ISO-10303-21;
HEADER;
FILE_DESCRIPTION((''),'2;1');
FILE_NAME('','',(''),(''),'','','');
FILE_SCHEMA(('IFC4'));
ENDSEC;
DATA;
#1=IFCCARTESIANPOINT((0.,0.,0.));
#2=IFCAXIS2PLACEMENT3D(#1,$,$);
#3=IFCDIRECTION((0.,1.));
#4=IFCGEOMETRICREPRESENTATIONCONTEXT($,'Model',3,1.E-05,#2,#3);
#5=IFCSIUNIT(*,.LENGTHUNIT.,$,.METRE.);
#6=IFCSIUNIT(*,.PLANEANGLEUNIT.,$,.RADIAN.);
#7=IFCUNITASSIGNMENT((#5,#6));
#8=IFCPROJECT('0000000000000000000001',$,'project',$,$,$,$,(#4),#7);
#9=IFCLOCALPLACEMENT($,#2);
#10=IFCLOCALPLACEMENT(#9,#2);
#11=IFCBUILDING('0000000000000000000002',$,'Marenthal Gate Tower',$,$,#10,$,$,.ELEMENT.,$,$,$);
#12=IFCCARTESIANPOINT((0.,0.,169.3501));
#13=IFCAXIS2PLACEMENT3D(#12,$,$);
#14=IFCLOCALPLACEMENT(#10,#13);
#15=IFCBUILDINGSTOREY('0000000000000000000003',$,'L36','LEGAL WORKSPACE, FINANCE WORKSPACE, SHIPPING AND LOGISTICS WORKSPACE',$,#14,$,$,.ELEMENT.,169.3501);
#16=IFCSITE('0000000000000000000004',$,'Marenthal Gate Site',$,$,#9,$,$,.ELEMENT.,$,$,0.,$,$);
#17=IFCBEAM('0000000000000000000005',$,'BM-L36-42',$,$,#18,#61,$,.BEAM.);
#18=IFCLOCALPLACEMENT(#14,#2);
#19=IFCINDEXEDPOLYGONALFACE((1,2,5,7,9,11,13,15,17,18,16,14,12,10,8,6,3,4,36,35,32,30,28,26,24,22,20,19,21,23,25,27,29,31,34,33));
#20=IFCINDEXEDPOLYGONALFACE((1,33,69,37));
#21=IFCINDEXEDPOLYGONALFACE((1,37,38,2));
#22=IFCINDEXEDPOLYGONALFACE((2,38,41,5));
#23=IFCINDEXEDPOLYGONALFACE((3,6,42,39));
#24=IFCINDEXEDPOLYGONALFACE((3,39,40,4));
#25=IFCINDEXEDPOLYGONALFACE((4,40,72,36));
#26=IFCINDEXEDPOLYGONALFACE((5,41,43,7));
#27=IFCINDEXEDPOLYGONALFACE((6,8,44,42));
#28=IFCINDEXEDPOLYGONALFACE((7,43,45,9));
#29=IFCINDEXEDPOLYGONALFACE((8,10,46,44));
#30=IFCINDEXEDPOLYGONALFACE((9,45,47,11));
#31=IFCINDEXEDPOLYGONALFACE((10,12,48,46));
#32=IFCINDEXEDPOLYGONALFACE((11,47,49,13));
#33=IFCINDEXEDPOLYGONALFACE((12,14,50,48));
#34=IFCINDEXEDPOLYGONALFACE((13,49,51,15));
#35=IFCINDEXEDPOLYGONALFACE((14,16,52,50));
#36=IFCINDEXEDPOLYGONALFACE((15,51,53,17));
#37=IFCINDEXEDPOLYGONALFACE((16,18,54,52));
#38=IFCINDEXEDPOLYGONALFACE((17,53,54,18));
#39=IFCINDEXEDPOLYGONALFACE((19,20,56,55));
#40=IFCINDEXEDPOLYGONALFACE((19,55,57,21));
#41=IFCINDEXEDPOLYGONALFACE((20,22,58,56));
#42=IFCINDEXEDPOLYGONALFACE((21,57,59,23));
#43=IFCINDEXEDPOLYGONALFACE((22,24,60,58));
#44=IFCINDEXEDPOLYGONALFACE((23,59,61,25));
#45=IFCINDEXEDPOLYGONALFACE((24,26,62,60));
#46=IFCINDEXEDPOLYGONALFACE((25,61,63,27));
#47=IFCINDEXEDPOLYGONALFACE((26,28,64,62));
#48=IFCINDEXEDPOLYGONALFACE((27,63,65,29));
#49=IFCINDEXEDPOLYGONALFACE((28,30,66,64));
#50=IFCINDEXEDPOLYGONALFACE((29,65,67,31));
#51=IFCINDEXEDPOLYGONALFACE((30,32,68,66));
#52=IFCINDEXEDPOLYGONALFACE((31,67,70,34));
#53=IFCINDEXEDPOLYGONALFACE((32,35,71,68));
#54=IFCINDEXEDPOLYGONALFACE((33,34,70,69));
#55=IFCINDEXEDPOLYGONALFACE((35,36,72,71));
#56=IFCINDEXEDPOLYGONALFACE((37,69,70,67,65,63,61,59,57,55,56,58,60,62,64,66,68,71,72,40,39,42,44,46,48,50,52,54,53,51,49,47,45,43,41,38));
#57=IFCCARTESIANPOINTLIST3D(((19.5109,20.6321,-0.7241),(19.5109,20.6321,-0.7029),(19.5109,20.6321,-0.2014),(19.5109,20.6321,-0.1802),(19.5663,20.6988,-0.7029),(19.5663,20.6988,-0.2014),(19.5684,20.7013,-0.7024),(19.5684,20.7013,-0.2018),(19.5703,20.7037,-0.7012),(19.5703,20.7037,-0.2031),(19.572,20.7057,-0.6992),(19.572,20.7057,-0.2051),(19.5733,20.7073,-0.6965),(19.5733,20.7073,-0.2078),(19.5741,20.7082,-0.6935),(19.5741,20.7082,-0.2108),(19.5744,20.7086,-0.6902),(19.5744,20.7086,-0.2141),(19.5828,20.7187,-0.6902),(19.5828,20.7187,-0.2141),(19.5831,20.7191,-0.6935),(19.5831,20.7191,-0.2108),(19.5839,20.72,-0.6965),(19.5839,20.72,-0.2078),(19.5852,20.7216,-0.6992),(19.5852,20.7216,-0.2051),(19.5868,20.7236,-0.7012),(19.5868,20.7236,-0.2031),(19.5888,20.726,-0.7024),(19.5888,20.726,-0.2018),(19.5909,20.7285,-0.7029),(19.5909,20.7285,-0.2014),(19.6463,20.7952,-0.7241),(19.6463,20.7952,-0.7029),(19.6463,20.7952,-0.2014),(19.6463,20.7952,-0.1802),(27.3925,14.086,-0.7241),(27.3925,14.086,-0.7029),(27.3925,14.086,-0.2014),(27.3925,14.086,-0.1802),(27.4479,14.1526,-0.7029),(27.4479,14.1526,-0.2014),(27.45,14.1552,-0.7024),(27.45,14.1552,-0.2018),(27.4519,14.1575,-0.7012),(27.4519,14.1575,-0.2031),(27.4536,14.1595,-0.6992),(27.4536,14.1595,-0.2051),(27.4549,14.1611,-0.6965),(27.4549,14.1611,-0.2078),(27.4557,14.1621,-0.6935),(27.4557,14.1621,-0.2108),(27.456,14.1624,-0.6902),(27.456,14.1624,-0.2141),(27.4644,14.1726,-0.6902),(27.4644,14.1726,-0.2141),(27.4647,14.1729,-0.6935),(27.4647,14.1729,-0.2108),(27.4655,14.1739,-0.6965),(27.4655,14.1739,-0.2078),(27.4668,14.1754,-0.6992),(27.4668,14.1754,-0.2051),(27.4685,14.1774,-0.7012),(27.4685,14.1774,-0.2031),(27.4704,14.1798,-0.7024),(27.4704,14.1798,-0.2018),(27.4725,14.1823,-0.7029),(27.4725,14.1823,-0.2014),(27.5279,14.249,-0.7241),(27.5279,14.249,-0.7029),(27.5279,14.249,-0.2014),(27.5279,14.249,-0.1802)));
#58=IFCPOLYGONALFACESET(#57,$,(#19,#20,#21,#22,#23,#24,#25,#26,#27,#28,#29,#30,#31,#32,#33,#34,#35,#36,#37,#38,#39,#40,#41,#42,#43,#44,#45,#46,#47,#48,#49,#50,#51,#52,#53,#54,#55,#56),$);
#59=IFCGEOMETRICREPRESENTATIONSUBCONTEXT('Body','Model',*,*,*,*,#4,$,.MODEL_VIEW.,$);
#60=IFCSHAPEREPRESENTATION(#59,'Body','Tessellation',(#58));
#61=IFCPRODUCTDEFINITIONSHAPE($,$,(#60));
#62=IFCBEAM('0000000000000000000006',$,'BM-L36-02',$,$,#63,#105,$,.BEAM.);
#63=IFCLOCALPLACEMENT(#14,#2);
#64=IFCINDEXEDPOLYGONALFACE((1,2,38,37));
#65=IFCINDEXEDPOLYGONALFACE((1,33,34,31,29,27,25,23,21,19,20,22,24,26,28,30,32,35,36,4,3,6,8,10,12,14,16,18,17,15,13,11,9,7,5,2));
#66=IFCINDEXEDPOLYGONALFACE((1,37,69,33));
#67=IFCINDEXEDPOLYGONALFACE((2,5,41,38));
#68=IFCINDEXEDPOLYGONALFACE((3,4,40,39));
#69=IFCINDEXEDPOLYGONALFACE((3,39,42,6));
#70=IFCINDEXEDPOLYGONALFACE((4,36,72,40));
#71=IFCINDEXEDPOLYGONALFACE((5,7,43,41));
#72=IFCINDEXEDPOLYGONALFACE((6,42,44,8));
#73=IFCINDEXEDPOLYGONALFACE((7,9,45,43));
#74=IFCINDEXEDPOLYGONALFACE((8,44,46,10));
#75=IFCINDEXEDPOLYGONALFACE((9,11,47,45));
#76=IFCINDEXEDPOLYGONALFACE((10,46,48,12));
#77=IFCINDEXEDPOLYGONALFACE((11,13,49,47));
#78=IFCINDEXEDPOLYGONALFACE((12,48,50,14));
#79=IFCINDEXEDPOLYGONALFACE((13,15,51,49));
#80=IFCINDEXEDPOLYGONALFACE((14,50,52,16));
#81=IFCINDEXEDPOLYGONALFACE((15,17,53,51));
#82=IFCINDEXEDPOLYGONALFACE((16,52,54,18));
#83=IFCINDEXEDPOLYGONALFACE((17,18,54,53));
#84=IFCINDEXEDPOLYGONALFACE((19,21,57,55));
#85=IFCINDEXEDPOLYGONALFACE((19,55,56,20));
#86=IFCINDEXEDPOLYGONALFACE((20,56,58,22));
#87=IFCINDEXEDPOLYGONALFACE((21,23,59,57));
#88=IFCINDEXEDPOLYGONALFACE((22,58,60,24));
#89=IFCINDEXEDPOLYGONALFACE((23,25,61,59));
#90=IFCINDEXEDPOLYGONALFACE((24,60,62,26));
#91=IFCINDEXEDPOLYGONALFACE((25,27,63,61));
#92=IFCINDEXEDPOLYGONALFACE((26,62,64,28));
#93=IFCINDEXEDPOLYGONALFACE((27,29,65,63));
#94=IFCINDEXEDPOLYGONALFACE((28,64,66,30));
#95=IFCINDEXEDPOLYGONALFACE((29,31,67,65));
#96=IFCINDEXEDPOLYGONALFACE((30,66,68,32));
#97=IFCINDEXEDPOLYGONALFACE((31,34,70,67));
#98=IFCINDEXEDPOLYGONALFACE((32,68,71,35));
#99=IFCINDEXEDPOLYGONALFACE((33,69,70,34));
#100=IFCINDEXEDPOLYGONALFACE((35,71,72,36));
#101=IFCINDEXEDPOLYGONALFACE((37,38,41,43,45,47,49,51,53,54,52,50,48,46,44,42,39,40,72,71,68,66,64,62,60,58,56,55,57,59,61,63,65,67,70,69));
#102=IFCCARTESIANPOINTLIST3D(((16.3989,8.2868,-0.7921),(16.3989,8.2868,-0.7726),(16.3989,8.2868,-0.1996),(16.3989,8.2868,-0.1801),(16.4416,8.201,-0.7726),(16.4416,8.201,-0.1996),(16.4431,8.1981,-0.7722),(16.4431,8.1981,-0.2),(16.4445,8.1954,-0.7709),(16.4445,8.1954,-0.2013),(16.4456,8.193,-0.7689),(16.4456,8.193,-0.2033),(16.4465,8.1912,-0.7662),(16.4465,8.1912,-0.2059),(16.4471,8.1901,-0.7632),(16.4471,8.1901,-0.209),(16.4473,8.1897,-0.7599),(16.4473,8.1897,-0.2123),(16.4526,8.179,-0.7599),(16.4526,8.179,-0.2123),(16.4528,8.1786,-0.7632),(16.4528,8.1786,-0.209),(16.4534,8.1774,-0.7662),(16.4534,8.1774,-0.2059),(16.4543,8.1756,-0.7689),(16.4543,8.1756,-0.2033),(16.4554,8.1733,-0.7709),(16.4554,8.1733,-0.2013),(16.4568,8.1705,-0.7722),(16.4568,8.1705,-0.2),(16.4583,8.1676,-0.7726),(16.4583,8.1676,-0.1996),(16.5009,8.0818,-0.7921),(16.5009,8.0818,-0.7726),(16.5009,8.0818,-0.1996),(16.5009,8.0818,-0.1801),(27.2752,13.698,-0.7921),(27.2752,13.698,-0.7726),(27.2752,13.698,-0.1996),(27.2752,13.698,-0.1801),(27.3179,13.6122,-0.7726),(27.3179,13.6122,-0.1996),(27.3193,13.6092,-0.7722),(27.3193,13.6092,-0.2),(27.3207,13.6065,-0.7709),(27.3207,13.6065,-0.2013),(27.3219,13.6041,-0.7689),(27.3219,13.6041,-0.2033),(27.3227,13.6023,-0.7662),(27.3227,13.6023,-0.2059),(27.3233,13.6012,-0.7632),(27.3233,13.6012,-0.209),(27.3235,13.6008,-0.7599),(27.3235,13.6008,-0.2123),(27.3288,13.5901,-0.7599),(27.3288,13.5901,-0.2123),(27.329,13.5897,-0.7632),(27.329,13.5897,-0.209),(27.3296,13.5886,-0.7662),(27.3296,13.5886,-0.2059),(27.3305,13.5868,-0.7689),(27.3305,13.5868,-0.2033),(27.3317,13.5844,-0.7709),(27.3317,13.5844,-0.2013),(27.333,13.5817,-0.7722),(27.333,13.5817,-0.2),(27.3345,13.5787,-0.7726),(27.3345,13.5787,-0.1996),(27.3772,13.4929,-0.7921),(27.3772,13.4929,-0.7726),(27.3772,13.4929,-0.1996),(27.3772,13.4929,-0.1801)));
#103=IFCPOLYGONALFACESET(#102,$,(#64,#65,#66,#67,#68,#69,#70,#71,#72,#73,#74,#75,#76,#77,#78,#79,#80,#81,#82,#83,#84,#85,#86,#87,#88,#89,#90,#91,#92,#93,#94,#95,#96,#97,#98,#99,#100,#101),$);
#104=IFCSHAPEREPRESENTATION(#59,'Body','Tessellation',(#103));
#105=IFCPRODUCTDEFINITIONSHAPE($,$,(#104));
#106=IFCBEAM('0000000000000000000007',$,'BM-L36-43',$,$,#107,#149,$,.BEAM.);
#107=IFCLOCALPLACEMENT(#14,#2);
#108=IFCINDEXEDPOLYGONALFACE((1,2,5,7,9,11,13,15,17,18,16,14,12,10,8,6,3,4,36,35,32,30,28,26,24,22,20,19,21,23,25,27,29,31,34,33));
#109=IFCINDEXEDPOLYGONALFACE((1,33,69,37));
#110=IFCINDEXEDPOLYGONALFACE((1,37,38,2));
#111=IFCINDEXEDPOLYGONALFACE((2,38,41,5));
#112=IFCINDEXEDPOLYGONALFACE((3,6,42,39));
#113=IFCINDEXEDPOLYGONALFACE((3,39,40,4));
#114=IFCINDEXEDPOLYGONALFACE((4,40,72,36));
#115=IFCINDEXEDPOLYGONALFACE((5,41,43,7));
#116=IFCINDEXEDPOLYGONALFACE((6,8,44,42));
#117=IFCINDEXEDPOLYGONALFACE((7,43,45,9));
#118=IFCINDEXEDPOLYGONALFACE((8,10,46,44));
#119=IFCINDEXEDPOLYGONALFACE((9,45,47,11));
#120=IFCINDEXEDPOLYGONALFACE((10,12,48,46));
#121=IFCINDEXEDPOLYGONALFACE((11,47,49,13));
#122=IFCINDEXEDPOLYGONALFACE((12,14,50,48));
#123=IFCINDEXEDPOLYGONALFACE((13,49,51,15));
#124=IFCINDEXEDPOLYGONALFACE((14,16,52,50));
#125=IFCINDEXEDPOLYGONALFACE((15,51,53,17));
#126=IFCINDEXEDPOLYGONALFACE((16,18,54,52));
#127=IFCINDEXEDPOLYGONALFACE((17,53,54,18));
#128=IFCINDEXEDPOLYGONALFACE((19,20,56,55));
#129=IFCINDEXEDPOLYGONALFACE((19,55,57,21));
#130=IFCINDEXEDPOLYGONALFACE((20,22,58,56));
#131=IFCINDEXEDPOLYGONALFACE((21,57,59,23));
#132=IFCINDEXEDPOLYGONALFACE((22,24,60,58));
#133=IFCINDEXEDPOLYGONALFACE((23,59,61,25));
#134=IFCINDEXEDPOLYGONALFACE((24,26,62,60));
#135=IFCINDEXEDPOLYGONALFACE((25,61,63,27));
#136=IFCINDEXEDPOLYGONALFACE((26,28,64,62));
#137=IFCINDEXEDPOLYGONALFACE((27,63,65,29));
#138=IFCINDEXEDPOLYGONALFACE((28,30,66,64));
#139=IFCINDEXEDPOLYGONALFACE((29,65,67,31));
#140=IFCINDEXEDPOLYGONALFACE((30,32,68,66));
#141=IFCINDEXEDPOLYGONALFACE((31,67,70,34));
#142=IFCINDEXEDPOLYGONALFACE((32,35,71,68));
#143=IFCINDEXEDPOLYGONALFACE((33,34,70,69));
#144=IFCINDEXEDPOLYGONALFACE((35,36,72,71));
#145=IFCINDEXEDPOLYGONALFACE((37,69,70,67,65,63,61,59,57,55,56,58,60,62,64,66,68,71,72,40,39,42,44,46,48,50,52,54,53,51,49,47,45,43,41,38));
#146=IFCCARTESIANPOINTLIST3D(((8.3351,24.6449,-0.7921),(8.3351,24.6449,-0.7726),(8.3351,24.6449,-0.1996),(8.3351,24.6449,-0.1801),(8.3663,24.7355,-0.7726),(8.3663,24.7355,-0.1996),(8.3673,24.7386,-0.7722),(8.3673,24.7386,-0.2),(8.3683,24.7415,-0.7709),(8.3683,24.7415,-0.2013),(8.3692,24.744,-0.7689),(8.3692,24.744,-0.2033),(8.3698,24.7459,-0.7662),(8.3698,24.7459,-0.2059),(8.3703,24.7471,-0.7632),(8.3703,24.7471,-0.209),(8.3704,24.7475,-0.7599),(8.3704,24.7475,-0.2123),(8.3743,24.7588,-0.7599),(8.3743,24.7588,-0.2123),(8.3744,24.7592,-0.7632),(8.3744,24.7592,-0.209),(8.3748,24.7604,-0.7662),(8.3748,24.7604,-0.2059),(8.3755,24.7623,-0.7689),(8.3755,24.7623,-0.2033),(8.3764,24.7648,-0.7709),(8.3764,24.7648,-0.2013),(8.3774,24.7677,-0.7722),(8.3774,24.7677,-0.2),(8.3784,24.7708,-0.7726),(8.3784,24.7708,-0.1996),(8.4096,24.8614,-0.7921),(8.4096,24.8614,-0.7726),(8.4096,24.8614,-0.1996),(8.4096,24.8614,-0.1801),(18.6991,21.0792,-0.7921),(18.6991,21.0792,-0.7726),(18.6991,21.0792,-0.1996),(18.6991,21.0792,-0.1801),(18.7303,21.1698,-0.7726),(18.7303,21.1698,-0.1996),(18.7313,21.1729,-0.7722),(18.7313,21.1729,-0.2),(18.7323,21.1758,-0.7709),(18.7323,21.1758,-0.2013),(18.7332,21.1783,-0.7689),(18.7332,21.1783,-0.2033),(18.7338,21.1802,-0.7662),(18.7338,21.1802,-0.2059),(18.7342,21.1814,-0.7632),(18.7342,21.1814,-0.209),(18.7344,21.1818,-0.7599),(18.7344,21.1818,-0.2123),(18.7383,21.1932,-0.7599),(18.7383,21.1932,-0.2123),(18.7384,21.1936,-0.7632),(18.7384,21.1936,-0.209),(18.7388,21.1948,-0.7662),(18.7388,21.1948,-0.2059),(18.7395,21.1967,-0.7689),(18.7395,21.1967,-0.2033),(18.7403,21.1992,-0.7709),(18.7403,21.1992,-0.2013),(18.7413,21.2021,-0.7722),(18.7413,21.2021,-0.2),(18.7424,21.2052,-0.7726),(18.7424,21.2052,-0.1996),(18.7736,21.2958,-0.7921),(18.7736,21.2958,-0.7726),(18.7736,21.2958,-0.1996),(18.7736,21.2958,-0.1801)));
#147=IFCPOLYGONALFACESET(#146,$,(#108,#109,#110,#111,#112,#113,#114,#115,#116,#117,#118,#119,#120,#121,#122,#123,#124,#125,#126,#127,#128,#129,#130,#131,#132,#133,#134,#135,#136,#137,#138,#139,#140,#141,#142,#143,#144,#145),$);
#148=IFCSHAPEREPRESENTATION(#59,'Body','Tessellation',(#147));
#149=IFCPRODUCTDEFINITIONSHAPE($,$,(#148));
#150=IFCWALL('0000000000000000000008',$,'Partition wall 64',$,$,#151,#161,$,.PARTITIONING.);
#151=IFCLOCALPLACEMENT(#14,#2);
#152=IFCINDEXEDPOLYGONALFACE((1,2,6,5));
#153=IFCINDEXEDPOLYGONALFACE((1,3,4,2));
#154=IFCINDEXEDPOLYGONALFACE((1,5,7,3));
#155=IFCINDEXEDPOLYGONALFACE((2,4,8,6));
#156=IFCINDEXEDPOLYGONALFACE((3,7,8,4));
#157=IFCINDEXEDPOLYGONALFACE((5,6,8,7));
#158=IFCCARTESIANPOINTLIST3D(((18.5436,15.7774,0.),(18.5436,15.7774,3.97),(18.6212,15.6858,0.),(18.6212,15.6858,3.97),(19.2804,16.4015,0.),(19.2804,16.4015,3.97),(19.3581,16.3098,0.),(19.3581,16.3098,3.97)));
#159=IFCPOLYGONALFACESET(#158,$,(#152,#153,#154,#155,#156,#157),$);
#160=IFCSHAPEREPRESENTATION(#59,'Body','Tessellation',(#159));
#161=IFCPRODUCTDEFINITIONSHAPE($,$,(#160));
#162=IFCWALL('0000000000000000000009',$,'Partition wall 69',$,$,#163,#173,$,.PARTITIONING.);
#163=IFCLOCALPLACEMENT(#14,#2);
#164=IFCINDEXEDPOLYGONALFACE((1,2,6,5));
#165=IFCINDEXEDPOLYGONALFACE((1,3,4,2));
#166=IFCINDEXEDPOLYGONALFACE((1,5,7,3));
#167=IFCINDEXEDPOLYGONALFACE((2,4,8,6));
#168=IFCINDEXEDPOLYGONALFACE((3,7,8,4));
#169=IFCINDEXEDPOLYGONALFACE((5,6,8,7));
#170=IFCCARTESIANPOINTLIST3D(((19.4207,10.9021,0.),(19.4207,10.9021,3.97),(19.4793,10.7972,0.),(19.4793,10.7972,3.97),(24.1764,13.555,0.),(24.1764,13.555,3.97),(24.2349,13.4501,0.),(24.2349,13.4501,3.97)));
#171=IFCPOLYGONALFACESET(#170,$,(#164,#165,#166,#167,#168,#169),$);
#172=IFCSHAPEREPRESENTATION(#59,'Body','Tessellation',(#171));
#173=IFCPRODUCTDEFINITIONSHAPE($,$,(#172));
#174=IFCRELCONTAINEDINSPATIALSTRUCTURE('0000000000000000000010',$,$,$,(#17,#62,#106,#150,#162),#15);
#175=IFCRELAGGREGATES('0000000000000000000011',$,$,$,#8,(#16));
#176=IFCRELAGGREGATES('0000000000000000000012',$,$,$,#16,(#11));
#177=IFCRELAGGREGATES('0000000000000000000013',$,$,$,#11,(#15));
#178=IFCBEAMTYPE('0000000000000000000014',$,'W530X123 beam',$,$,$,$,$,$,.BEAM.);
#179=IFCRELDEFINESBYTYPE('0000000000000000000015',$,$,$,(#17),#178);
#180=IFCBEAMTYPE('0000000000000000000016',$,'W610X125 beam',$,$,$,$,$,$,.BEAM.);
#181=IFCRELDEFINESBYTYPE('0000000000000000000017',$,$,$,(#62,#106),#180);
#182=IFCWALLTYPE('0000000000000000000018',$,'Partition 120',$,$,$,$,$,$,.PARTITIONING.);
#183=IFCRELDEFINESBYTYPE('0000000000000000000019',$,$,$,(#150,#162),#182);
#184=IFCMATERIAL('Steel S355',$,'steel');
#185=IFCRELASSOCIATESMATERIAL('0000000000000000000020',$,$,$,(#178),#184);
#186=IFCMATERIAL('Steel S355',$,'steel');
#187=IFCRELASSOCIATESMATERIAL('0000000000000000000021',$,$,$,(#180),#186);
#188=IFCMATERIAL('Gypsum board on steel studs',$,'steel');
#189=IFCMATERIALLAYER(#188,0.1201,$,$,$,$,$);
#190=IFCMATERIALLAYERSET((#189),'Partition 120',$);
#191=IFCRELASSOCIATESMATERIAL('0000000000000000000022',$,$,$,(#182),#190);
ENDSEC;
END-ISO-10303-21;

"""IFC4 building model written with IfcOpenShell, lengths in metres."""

from ifc_helpers import new_model, si_unit, direction, frame, frame_2d, origin, origin_2d, place, context, subcontext, project, spatial, rectangle, i_section, extrude, material, layer, layer_set, material_profile, profile_set, type_object, element, save


model = new_model("IFC4")

# Units and contexts
model_context = context("Model", 3, precision=1e-05, world=origin(), true_north=direction((0.0, 1.0)))
body_context = subcontext(model_context, "Body", "Model", "MODEL_VIEW")
ifc_project = project(units=[si_unit("LENGTHUNIT", "METRE"), si_unit("PLANEANGLEUNIT", "RADIAN")], contexts=[model_context])

# Site, building, storey
site_placement = place(None, origin())
site = spatial("IfcSite", under=ifc_project, at=site_placement, Name="Marenthal Gate Site", CompositionType="ELEMENT", RefElevation=0.0)
building_placement = place(site_placement, origin())
building = spatial("IfcBuilding", under=site, at=building_placement, Name="Marenthal Gate Tower", CompositionType="ELEMENT")
storey_placement = place(building_placement, frame((0.0, 0.0, 169.3501)))
storey = spatial("IfcBuildingStorey", under=building, at=storey_placement, Name="L36", Description="LEGAL WORKSPACE, FINANCE WORKSPACE, SHIPPING AND LOGISTICS WORKSPACE", CompositionType="ELEMENT", Elevation=169.3501)

# Beams
ifc_material_1 = material(Name="Steel S355", Category="steel")
ifc_material_profile_1 = material_profile(ifc_material_1, i_section(OverallWidth=0.2119, OverallDepth=0.5439, WebThickness=0.0132, FlangeThickness=0.0212, FilletRadius=0.0127, at=origin_2d()), Name="W530X123")
ifc_profile_set_1 = profile_set([ifc_material_profile_1], Name="Steel S355")
beam_type_1 = type_object("IfcBeamType", Name="W530X123 beam", PredefinedType="BEAM", material=ifc_profile_set_1)
beam_1_placement = place(storey_placement, frame((27.4602, 14.1675, -0.4521), z_axis=(-0.769269, 0.638925, 0.0), x_axis=(-0.638925, -0.769269, 0.0)))
element("IfcBeam", 1, at=beam_1_placement, inside=storey, type_object=beam_type_1, Name="BM-L36-42", PredefinedType="BEAM", context=body_context, shape_type="SweptSolid", body=[
    extrude(i_section(OverallWidth=0.2119, OverallDepth=0.5439, WebThickness=0.0132, FlangeThickness=0.0212, FilletRadius=0.0127, at=origin_2d()), origin(), (0.0, 0.0, 1.0), 10.2456),
])
ifc_material_2 = material(Name="Steel S355", Category="steel")
ifc_material_profile_2 = material_profile(ifc_material_2, i_section(OverallWidth=0.229, OverallDepth=0.6121, WebThickness=0.012, FlangeThickness=0.0195, FilletRadius=0.0127, at=origin_2d()), Name="W610X125")
ifc_profile_set_2 = profile_set([ifc_material_profile_2], Name="Steel S355")
beam_type_2 = type_object("IfcBeamType", Name="W610X125 beam", PredefinedType="BEAM", material=ifc_profile_set_2)
beam_2_placement = place(storey_placement, frame((27.3262, 13.5955, -0.4861), z_axis=(-0.895314, -0.445436, 0.0), x_axis=(0.445436, -0.895314, 0.0)))
element("IfcBeam", 2, at=beam_2_placement, inside=storey, type_object=beam_type_2, Name="BM-L36-02", PredefinedType="BEAM", context=body_context, shape_type="SweptSolid", body=[
    extrude(i_section(OverallWidth=0.229, OverallDepth=0.6121, WebThickness=0.012, FlangeThickness=0.0195, FilletRadius=0.0127, at=origin_2d()), origin(), (0.0, 0.0, 1.0), 12.1479),
])
beam_3_placement = place(storey_placement, frame((18.7363, 21.1875, -0.4861), z_axis=(-0.945601, 0.325328, 0.0), x_axis=(-0.325328, -0.945601, 0.0)))
element("IfcBeam", 3, at=beam_3_placement, inside=storey, type_object=beam_type_2, Name="BM-L36-43", PredefinedType="BEAM", context=body_context, shape_type="SweptSolid", body=[
    extrude(i_section(OverallWidth=0.229, OverallDepth=0.6121, WebThickness=0.012, FlangeThickness=0.0195, FilletRadius=0.0127, at=origin_2d()), origin(), (0.0, 0.0, 1.0), 10.9602),
])

# Walls
ifc_material_3 = material(Name="Gypsum board on steel studs", Category="steel")
ifc_layer_1 = layer(ifc_material_3, 0.1201)
ifc_layer_set_1 = layer_set([ifc_layer_1], Name="Partition 120")
wall_type_1 = type_object("IfcWallType", Name="Partition 120", PredefinedType="PARTITIONING", material=ifc_layer_set_1)
wall_1_placement = place(storey_placement, frame((19.3193, 16.3557, 0.0), z_axis=(0.0, 0.0, 1.0), x_axis=(-0.763098, -0.646282, 0.0)))
element("IfcWall", 4, at=wall_1_placement, inside=storey, type_object=wall_type_1, Name="Partition wall 64", PredefinedType="PARTITIONING", context=body_context, shape_type="SweptSolid", body=[
    extrude(rectangle(XDim=0.9656, YDim=0.1201, at=frame_2d((0.4829, 0.0))), origin(), (0.0, 0.0, 1.0), 3.97),
])
wall_2_placement = place(storey_placement, frame((24.2056, 13.5024, 0.0), z_axis=(0.0, 0.0, 1.0), x_axis=(-0.873312, -0.487161, 0.0)))
element("IfcWall", 5, at=wall_2_placement, inside=storey, type_object=wall_type_1, Name="Partition wall 69", PredefinedType="PARTITIONING", context=body_context, shape_type="SweptSolid", body=[
    extrude(rectangle(XDim=5.4456, YDim=0.1201, at=frame_2d((2.7227, 0.0))), origin(), (0.0, 0.0, 1.0), 3.97),
])

save(model, "model.ifc")
